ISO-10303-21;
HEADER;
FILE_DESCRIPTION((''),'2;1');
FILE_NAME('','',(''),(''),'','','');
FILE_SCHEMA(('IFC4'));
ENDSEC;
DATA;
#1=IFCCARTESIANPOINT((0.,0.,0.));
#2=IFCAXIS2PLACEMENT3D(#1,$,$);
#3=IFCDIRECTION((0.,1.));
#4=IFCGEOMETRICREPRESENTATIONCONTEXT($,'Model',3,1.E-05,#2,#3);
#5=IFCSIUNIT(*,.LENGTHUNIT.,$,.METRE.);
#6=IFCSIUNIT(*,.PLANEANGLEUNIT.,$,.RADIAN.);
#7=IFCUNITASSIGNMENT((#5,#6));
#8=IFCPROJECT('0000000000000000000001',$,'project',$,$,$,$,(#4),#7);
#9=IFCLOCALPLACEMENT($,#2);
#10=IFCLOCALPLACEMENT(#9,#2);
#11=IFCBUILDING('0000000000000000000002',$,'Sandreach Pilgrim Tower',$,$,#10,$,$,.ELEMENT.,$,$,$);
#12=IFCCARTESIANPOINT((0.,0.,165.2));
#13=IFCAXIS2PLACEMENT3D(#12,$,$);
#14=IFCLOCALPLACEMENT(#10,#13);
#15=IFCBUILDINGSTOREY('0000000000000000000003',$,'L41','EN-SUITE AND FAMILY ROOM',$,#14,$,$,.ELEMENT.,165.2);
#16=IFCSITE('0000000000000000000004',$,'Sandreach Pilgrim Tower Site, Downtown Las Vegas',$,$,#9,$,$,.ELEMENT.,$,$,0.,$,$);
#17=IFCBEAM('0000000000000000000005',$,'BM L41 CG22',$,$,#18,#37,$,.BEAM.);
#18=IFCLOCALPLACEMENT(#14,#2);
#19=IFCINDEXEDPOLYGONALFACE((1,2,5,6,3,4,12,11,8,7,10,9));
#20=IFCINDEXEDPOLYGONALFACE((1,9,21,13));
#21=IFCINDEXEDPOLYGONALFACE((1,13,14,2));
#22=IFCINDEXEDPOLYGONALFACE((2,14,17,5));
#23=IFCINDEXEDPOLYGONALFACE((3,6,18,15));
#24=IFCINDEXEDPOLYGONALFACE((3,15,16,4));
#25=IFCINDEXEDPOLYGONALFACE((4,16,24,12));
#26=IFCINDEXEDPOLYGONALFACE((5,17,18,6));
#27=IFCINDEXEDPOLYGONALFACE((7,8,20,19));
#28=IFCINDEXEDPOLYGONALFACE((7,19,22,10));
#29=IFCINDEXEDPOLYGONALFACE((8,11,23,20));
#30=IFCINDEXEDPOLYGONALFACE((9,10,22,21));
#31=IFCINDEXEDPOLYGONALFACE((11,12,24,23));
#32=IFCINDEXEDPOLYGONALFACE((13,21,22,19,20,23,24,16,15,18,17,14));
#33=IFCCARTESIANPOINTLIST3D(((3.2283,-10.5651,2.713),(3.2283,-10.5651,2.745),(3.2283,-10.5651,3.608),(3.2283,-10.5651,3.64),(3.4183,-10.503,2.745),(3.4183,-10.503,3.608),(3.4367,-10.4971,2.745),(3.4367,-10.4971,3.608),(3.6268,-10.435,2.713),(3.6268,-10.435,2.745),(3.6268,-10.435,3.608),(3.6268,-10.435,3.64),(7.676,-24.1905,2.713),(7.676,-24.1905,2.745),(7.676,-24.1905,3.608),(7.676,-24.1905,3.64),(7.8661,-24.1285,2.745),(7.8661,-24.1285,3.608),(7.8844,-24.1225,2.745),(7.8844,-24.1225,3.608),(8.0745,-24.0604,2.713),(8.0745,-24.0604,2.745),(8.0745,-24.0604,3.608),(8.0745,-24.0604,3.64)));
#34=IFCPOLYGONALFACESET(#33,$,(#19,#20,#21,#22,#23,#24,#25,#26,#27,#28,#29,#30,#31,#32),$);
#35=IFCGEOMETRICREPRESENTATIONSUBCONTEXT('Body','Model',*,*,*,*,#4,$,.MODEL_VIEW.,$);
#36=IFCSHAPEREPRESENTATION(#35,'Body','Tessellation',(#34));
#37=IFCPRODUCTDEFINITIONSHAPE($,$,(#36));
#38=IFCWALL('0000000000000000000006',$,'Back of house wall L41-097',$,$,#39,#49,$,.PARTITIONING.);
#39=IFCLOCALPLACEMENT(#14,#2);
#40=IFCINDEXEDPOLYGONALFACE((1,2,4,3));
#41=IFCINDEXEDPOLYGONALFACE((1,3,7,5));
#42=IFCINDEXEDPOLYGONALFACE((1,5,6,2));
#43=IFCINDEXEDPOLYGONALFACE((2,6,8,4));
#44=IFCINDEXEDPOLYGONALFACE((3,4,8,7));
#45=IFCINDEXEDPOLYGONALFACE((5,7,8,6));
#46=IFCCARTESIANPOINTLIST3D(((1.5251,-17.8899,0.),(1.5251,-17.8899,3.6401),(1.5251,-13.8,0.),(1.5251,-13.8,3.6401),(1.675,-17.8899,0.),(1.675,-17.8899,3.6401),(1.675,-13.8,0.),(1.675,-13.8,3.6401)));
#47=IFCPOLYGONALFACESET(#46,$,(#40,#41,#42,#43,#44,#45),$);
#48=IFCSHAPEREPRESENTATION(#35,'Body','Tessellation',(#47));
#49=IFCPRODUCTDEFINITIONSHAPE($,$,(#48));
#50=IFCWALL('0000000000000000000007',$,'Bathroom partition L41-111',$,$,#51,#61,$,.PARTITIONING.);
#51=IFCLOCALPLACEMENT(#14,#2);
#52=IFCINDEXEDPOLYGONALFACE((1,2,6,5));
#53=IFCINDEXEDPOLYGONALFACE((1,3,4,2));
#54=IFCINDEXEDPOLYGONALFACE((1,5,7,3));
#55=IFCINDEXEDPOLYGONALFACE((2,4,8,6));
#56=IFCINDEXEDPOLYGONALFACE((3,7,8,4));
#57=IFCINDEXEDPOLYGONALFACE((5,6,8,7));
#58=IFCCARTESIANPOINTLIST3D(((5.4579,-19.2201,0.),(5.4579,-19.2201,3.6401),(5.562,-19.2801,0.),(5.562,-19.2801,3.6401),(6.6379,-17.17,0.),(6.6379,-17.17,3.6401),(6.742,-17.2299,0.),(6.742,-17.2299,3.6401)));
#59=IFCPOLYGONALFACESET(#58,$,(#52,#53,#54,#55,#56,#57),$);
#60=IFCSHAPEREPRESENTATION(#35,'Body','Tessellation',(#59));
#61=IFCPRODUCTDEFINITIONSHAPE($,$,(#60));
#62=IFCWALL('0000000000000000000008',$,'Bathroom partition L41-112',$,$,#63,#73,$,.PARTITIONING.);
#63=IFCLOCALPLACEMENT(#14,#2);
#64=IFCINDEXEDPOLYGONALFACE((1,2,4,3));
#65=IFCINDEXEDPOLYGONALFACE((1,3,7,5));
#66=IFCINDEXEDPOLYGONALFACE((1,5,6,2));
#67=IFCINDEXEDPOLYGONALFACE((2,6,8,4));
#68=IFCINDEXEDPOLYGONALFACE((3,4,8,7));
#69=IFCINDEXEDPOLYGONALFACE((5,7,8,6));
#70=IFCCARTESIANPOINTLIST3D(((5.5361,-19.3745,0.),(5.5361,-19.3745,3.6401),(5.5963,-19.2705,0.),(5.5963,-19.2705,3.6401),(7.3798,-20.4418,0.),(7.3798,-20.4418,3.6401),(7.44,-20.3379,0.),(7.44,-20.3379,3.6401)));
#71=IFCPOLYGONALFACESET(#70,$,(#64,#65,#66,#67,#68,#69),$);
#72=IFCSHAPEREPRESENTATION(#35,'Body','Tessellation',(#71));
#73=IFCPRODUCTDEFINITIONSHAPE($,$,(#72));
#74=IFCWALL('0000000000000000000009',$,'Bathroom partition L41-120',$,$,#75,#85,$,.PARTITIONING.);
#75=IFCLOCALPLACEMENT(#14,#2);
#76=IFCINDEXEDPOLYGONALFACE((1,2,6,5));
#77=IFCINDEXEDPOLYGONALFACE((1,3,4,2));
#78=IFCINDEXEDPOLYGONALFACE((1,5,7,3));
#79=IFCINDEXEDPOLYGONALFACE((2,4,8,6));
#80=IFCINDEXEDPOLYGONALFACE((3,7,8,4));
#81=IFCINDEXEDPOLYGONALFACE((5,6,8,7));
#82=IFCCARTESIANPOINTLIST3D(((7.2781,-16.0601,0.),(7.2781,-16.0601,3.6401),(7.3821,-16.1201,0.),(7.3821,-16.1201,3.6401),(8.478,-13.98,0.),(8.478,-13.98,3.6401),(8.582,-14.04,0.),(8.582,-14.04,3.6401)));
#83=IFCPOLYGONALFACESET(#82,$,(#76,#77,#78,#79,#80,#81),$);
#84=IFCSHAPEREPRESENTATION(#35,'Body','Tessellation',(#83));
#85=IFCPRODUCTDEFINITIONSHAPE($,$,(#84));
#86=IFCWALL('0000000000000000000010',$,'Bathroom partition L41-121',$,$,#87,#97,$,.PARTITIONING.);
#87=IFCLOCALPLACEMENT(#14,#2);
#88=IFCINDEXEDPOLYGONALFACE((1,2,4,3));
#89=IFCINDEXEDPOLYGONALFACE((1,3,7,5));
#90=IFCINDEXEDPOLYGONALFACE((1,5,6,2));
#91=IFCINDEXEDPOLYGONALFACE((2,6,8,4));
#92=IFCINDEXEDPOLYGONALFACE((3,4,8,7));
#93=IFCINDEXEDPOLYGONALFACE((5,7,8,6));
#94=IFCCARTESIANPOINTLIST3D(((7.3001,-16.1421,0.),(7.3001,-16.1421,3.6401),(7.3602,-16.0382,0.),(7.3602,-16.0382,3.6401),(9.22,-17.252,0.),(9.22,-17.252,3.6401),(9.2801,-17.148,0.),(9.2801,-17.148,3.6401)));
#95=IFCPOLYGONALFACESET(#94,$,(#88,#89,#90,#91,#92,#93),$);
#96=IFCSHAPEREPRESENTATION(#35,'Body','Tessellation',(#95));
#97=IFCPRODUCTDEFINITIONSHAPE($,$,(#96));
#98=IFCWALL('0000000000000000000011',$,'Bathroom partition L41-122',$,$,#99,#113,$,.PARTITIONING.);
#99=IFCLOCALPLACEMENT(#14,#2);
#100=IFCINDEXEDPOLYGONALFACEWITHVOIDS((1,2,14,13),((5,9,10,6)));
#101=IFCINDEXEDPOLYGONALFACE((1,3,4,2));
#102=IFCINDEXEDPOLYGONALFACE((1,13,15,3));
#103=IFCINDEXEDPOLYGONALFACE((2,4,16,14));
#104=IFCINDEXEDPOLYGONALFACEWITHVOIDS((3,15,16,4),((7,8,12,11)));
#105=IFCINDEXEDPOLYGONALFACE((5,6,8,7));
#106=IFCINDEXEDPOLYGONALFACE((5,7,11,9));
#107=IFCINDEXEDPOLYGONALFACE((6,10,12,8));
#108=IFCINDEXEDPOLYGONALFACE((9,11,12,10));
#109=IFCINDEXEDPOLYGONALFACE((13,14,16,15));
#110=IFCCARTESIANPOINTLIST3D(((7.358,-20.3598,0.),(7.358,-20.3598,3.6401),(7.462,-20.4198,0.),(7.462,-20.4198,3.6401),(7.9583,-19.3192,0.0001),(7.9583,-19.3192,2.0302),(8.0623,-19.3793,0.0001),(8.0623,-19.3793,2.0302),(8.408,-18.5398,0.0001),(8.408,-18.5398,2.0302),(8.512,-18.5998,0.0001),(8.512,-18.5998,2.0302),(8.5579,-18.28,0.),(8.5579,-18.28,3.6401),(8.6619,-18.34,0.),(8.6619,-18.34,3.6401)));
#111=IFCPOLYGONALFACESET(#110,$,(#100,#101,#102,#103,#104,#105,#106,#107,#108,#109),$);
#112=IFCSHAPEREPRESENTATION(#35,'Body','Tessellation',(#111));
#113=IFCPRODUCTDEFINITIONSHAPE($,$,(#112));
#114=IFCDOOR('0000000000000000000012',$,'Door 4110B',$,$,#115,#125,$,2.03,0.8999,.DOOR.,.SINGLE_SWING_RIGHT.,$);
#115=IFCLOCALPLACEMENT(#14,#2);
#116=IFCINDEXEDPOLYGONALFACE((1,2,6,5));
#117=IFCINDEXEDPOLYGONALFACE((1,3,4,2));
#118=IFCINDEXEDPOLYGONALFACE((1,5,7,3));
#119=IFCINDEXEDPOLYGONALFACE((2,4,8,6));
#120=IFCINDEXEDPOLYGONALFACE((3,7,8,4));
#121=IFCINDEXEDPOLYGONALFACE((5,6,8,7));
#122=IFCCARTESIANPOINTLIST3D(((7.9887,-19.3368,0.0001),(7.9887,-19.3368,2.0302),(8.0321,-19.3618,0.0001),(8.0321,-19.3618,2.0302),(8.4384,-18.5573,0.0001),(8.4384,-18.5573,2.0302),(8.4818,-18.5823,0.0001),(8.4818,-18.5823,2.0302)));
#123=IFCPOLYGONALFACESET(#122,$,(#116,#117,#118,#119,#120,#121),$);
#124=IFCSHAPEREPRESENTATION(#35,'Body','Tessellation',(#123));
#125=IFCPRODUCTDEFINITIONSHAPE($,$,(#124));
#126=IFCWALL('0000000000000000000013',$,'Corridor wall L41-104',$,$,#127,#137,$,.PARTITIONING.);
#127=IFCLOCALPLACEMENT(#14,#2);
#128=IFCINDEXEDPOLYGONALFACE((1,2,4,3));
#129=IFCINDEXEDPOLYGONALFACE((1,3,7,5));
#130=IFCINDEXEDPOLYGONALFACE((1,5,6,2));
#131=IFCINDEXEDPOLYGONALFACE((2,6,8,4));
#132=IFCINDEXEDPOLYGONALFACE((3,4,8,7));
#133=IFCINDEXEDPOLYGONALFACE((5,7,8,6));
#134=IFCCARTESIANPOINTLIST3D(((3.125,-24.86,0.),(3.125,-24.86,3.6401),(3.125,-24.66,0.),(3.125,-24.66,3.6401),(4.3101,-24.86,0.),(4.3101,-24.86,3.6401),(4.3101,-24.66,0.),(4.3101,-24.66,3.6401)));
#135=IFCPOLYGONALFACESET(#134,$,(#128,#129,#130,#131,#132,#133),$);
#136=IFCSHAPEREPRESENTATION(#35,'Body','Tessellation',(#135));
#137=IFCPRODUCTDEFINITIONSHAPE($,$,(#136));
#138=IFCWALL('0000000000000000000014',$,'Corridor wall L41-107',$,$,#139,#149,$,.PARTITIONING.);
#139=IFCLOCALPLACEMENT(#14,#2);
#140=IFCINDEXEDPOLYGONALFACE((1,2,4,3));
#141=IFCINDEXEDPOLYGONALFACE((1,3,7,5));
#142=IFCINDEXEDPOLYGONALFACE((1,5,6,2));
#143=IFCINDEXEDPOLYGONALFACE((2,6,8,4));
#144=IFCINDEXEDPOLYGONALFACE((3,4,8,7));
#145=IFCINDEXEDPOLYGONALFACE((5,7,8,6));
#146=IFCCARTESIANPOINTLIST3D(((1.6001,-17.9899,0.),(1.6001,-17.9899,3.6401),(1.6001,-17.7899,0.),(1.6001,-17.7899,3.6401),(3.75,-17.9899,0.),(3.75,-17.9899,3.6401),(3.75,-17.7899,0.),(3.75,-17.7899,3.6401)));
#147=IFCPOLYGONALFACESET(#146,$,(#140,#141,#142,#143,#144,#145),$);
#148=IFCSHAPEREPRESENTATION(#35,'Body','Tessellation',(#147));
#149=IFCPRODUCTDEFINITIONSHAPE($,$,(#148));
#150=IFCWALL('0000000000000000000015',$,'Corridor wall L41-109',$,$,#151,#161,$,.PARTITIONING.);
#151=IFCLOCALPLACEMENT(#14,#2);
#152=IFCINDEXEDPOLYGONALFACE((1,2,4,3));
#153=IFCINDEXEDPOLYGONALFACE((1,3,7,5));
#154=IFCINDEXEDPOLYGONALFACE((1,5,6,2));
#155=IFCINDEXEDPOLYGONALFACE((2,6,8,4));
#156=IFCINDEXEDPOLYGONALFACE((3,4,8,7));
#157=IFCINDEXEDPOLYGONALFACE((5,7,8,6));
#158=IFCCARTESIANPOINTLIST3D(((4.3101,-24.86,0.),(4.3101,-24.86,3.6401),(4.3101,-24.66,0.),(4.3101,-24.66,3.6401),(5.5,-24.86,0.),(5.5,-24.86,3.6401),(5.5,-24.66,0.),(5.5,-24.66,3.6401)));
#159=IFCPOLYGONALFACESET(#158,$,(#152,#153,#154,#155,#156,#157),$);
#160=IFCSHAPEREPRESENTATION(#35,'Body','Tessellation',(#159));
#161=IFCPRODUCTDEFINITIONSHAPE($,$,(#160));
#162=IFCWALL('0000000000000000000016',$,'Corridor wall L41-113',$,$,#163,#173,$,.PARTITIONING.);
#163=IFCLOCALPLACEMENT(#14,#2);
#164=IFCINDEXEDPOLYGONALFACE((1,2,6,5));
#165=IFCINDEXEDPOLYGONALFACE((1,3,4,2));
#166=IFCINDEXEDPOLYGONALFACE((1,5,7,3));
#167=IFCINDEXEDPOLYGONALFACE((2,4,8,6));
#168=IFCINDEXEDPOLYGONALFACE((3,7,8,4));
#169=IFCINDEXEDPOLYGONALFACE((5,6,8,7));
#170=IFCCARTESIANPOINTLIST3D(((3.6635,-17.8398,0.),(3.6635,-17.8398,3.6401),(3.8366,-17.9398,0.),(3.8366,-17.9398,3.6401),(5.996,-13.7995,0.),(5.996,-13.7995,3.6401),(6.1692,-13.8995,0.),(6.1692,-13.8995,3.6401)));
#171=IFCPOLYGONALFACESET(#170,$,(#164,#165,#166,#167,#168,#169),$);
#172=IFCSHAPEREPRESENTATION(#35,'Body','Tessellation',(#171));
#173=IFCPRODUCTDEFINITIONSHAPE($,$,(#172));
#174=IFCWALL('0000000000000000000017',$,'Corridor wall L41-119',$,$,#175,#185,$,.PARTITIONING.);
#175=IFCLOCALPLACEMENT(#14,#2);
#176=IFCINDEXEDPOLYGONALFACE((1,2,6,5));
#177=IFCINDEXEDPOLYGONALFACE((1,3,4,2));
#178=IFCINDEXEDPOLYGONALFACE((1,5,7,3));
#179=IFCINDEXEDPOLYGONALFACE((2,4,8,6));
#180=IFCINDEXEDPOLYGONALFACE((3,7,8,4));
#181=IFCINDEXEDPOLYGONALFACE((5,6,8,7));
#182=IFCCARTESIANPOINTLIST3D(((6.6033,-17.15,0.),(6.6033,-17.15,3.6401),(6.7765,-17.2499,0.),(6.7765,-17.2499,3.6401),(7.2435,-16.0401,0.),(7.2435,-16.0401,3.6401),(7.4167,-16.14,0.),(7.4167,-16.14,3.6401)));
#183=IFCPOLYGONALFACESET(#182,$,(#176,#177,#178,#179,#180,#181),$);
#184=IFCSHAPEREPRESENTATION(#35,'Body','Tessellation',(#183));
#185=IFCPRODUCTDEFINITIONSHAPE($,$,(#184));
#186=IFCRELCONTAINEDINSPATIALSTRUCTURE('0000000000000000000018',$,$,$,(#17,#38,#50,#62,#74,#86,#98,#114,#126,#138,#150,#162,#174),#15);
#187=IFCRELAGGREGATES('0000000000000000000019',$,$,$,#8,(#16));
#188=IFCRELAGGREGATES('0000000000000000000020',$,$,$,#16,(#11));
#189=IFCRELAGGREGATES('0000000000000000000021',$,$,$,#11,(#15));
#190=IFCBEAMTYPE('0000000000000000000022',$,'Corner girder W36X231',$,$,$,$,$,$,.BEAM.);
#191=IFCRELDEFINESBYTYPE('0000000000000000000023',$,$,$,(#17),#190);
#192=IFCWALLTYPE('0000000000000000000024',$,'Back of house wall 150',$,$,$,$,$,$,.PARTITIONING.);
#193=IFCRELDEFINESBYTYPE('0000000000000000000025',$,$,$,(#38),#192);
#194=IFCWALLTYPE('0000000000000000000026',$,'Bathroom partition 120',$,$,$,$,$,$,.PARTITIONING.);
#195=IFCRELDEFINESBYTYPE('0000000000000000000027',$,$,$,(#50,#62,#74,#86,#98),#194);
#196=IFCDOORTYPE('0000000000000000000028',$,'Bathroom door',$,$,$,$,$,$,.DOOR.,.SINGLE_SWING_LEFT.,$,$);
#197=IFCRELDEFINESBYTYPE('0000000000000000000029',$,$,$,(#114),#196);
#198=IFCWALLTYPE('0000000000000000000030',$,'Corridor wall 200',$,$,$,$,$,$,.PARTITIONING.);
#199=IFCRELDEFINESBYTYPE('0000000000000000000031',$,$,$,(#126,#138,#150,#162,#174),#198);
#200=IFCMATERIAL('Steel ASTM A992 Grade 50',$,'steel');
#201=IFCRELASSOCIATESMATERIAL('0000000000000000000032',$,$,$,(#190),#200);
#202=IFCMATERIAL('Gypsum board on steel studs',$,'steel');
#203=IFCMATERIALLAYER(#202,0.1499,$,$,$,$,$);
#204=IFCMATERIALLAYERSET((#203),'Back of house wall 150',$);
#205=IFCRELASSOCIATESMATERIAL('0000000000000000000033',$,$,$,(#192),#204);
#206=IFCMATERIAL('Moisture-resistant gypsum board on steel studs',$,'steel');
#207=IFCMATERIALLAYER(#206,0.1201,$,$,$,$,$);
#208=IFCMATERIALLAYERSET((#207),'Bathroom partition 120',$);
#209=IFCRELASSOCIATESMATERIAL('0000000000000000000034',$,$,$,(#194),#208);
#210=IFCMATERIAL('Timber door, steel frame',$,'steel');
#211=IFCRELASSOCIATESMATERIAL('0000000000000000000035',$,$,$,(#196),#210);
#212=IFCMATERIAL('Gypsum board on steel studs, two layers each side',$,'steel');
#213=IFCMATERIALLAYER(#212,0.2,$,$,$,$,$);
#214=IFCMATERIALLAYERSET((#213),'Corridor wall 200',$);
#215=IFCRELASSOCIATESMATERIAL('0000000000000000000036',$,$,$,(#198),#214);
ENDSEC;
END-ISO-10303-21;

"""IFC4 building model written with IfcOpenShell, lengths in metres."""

from ifc_helpers import new_model, si_unit, direction, frame, frame_2d, origin, origin_2d, place, context, subcontext, project, spatial, rectangle, i_section, extrude, material, layer, layer_set, material_profile, profile_set, type_object, element, fill, save


model = new_model("IFC4")

# Units and contexts
model_context = context("Model", 3, precision=1e-05, world=origin(), true_north=direction((0.0, 1.0)))
body_context = subcontext(model_context, "Body", "Model", "MODEL_VIEW")
ifc_project = project(units=[si_unit("LENGTHUNIT", "METRE"), si_unit("PLANEANGLEUNIT", "RADIAN")], contexts=[model_context])

# Site, building, storey
site_placement = place(None, origin())
site = spatial("IfcSite", under=ifc_project, at=site_placement, Name="Sandreach Pilgrim Tower Site, Downtown Las Vegas", CompositionType="ELEMENT", RefElevation=0.0)
building_placement = place(site_placement, origin())
building = spatial("IfcBuilding", under=site, at=building_placement, Name="Sandreach Pilgrim Tower", CompositionType="ELEMENT")
storey_placement = place(building_placement, frame((0.0, 0.0, 165.2)))
storey = spatial("IfcBuildingStorey", under=building, at=storey_placement, Name="L41", Description="EN-SUITE AND FAMILY ROOM", CompositionType="ELEMENT", Elevation=165.2)

# Beam
ifc_material_1 = material(Name="Steel ASTM A992 Grade 50", Category="steel")
ifc_material_profile = material_profile(ifc_material_1, i_section(OverallWidth=0.4192, OverallDepth=0.927, WebThickness=0.0193, FlangeThickness=0.032, at=origin_2d()), Name="W36X231")
ifc_profile_set = profile_set([ifc_material_profile], Name="Steel ASTM A992 Grade 50")
beam_type = type_object("IfcBeamType", Name="Corner girder W36X231", PredefinedType="BEAM", material=ifc_profile_set)
beam_placement = place(storey_placement, frame((7.8752, -24.1255, 3.1765), z_axis=(-0.310314, 0.950634, 0.0), x_axis=(-0.950634, -0.310314, 0.0)))
element("IfcBeam", 1, at=beam_placement, inside=storey, type_object=beam_type, Name="BM L41 CG22", PredefinedType="BEAM", context=body_context, shape_type="SweptSolid", body=[
    extrude(i_section(OverallWidth=0.4192, OverallDepth=0.927, WebThickness=0.0193, FlangeThickness=0.032, at=origin_2d()), origin(), (0.0, 0.0, 1.0), 14.333),
])

# Walls
ifc_material_2 = material(Name="Gypsum board on steel studs", Category="steel")
ifc_layer_1 = layer(ifc_material_2, 0.1499)
ifc_layer_set_1 = layer_set([ifc_layer_1], Name="Back of house wall 150")
wall_type_1 = type_object("IfcWallType", Name="Back of house wall 150", PredefinedType="PARTITIONING", material=ifc_layer_set_1)
wall_1_placement = place(storey_placement, frame((1.6001, -13.8, 0.0), z_axis=(0.0, 0.0, 1.0), x_axis=(0.0, -1.0, 0.0)))
element("IfcWall", 2, at=wall_1_placement, inside=storey, type_object=wall_type_1, Name="Back of house wall L41-097", PredefinedType="PARTITIONING", context=body_context, shape_type="SweptSolid", body=[
    extrude(rectangle(XDim=4.0898, YDim=0.1499, at=frame_2d((2.0449, 0.0))), origin(), (0.0, 0.0, 1.0), 3.6401),
])
ifc_material_3 = material(Name="Moisture-resistant gypsum board on steel studs", Category="steel")
ifc_layer_2 = layer(ifc_material_3, 0.1201)
ifc_layer_set_2 = layer_set([ifc_layer_2], Name="Bathroom partition 120")
wall_type_2 = type_object("IfcWallType", Name="Bathroom partition 120", PredefinedType="PARTITIONING", material=ifc_layer_set_2)
wall_2_placement = place(storey_placement, frame((5.51, -19.25, 0.0), z_axis=(0.0, 0.0, 1.0), x_axis=(0.498838, 0.866695, 0.0)))
element("IfcWall", 3, at=wall_2_placement, inside=storey, type_object=wall_type_2, Name="Bathroom partition L41-111", PredefinedType="PARTITIONING", context=body_context, shape_type="SweptSolid", body=[
    extrude(rectangle(XDim=2.3655, YDim=0.1201, at=frame_2d((1.1826, 0.0))), origin(), (0.0, 0.0, 1.0), 3.6401),
])
wall_3_placement = place(storey_placement, frame((5.5662, -19.3225, 0.0), z_axis=(0.0, 0.0, 1.0), x_axis=(0.865437, -0.501018, 0.0)))
element("IfcWall", 4, at=wall_3_placement, inside=storey, type_object=wall_type_2, Name="Bathroom partition L41-112", PredefinedType="PARTITIONING", context=body_context, shape_type="SweptSolid", body=[
    extrude(rectangle(XDim=2.1304, YDim=0.1201, at=frame_2d((1.0652, 0.0))), origin(), (0.0, 0.0, 1.0), 3.6401),
])
wall_4_placement = place(storey_placement, frame((7.3301, -16.0901, 0.0), z_axis=(0.0, 0.0, 1.0), x_axis=(0.499693, 0.866203, 0.0)))
element("IfcWall", 5, at=wall_4_placement, inside=storey, type_object=wall_type_2, Name="Bathroom partition L41-120", PredefinedType="PARTITIONING", context=body_context, shape_type="SweptSolid", body=[
    extrude(rectangle(XDim=2.4014, YDim=0.1201, at=frame_2d((1.2007, 0.0))), origin(), (0.0, 0.0, 1.0), 3.6401),
])
wall_5_placement = place(storey_placement, frame((7.3301, -16.0901, 0.0), z_axis=(0.0, 0.0, 1.0), x_axis=(0.865753, -0.500472, 0.0)))
element("IfcWall", 6, at=wall_5_placement, inside=storey, type_object=wall_type_2, Name="Bathroom partition L41-121", PredefinedType="PARTITIONING", context=body_context, shape_type="SweptSolid", body=[
    extrude(rectangle(XDim=2.2175, YDim=0.1201, at=frame_2d((1.1089, 0.0))), origin(), (0.0, 0.0, 1.0), 3.6401),
])

# Wall, opening, door
wall_6_placement = place(storey_placement, frame((7.4099, -20.3899, 0.0), z_axis=(0.0, 0.0, 1.0), x_axis=(0.499737, 0.866177, 0.0)))
wall_6 = element("IfcWall", 7, at=wall_6_placement, inside=storey, type_object=wall_type_2, Name="Bathroom partition L41-122", PredefinedType="PARTITIONING", context=body_context, shape_type="SweptSolid", body=[
    extrude(rectangle(XDim=2.4011, YDim=0.1201, at=frame_2d((1.2007, 0.0))), origin(), (0.0, 0.0, 1.0), 3.6401),
])
opening_1_placement = place(wall_6_placement, frame((1.2014, 0.0, 0.0)))
opening_1 = element("IfcOpeningElement", 8, at=opening_1_placement, cuts=wall_6, PredefinedType="OPENING", context=body_context, shape_type="SweptSolid", body=[
    extrude(rectangle(XDim=0.8999, YDim=2.03, at=frame_2d((0.45, 1.0151))), frame((0.0, 0.0601, 0.0), z_axis=(0.0, -1.0, 0.0), x_axis=(1.0, 0.0, 0.0)), (0.0, 0.0, 1.0), 0.1201),
])
ifc_material_4 = material(Name="Timber door, steel frame", Category="steel")
door_type_1 = type_object("IfcDoorType", Name="Bathroom door", OperationType="SINGLE_SWING_LEFT", PredefinedType="DOOR", material=ifc_material_4)
door_1_placement = place(opening_1_placement, origin())
door_1 = element("IfcDoor", 9, at=door_1_placement, inside=storey, type_object=door_type_1, Name="Door 4110B", OperationType="SINGLE_SWING_RIGHT", OverallHeight=2.03, OverallWidth=0.8999, PredefinedType="DOOR", context=body_context, shape_type="SweptSolid", body=[
    extrude(rectangle(XDim=0.8999, YDim=2.03, at=frame_2d((0.45, 1.0151))), frame((0.0, 0.0249, 0.0), z_axis=(0.0, -1.0, 0.0), x_axis=(1.0, 0.0, 0.0)), (0.0, 0.0, 1.0), 0.05),
])
fill(opening_1, door_1)
ifc_material_5 = material(Name="Gypsum board on steel studs, two layers each side", Category="steel")
ifc_layer_3 = layer(ifc_material_5, 0.2)
ifc_layer_set_3 = layer_set([ifc_layer_3], Name="Corridor wall 200")
wall_type_3 = type_object("IfcWallType", Name="Corridor wall 200", PredefinedType="PARTITIONING", material=ifc_layer_set_3)

# Walls
wall_7_placement = place(storey_placement, frame((3.125, -24.76, 0.0), z_axis=(0.0, 0.0, 1.0), x_axis=(1.0, 0.0, 0.0)))
element("IfcWall", 10, at=wall_7_placement, inside=storey, type_object=wall_type_3, Name="Corridor wall L41-104", PredefinedType="PARTITIONING", context=body_context, shape_type="SweptSolid", body=[
    extrude(rectangle(XDim=1.1851, YDim=0.2, at=frame_2d((0.5925, 0.0))), origin(), (0.0, 0.0, 1.0), 3.6401),
])
wall_8_placement = place(storey_placement, frame((3.75, -17.8899, 0.0), z_axis=(0.0, 0.0, 1.0), x_axis=(-1.0, 0.0, 0.0)))
element("IfcWall", 11, at=wall_8_placement, inside=storey, type_object=wall_type_3, Name="Corridor wall L41-107", PredefinedType="PARTITIONING", context=body_context, shape_type="SweptSolid", body=[
    extrude(rectangle(XDim=2.1499, YDim=0.2, at=frame_2d((1.075, 0.0))), origin(), (0.0, 0.0, 1.0), 3.6401),
])
wall_9_placement = place(storey_placement, frame((4.3101, -24.76, 0.0), z_axis=(0.0, 0.0, 1.0), x_axis=(1.0, 0.0, 0.0)))
element("IfcWall", 12, at=wall_9_placement, inside=storey, type_object=wall_type_3, Name="Corridor wall L41-109", PredefinedType="PARTITIONING", context=body_context, shape_type="SweptSolid", body=[
    extrude(rectangle(XDim=1.1899, YDim=0.2, at=frame_2d((0.595, 0.0))), origin(), (0.0, 0.0, 1.0), 3.6401),
])

# Walls
wall_10_placement = place(storey_placement, frame((6.0825, -13.8496, 0.0), z_axis=(0.0, 0.0, 1.0), x_axis=(-0.499978, -0.866038, 0.0)))
element("IfcWall", 13, at=wall_10_placement, inside=storey, type_object=wall_type_3, Name="Corridor wall L41-113", PredefinedType="PARTITIONING", context=body_context, shape_type="SweptSolid", body=[
    extrude(rectangle(XDim=4.6653, YDim=0.2, at=frame_2d((2.3325, 0.0))), origin(), (0.0, 0.0, 1.0), 3.6401),
])
wall_11_placement = place(storey_placement, frame((6.6899, -17.2, 0.0), z_axis=(0.0, 0.0, 1.0), x_axis=(0.499623, 0.866243, 0.0)))
element("IfcWall", 14, at=wall_11_placement, inside=storey, type_object=wall_type_3, Name="Corridor wall L41-119", PredefinedType="PARTITIONING", context=body_context, shape_type="SweptSolid", body=[
    extrude(rectangle(XDim=1.2812, YDim=0.2, at=frame_2d((0.6406, 0.0))), origin(), (0.0, 0.0, 1.0), 3.6401),
])

save(model, "model.ifc")
